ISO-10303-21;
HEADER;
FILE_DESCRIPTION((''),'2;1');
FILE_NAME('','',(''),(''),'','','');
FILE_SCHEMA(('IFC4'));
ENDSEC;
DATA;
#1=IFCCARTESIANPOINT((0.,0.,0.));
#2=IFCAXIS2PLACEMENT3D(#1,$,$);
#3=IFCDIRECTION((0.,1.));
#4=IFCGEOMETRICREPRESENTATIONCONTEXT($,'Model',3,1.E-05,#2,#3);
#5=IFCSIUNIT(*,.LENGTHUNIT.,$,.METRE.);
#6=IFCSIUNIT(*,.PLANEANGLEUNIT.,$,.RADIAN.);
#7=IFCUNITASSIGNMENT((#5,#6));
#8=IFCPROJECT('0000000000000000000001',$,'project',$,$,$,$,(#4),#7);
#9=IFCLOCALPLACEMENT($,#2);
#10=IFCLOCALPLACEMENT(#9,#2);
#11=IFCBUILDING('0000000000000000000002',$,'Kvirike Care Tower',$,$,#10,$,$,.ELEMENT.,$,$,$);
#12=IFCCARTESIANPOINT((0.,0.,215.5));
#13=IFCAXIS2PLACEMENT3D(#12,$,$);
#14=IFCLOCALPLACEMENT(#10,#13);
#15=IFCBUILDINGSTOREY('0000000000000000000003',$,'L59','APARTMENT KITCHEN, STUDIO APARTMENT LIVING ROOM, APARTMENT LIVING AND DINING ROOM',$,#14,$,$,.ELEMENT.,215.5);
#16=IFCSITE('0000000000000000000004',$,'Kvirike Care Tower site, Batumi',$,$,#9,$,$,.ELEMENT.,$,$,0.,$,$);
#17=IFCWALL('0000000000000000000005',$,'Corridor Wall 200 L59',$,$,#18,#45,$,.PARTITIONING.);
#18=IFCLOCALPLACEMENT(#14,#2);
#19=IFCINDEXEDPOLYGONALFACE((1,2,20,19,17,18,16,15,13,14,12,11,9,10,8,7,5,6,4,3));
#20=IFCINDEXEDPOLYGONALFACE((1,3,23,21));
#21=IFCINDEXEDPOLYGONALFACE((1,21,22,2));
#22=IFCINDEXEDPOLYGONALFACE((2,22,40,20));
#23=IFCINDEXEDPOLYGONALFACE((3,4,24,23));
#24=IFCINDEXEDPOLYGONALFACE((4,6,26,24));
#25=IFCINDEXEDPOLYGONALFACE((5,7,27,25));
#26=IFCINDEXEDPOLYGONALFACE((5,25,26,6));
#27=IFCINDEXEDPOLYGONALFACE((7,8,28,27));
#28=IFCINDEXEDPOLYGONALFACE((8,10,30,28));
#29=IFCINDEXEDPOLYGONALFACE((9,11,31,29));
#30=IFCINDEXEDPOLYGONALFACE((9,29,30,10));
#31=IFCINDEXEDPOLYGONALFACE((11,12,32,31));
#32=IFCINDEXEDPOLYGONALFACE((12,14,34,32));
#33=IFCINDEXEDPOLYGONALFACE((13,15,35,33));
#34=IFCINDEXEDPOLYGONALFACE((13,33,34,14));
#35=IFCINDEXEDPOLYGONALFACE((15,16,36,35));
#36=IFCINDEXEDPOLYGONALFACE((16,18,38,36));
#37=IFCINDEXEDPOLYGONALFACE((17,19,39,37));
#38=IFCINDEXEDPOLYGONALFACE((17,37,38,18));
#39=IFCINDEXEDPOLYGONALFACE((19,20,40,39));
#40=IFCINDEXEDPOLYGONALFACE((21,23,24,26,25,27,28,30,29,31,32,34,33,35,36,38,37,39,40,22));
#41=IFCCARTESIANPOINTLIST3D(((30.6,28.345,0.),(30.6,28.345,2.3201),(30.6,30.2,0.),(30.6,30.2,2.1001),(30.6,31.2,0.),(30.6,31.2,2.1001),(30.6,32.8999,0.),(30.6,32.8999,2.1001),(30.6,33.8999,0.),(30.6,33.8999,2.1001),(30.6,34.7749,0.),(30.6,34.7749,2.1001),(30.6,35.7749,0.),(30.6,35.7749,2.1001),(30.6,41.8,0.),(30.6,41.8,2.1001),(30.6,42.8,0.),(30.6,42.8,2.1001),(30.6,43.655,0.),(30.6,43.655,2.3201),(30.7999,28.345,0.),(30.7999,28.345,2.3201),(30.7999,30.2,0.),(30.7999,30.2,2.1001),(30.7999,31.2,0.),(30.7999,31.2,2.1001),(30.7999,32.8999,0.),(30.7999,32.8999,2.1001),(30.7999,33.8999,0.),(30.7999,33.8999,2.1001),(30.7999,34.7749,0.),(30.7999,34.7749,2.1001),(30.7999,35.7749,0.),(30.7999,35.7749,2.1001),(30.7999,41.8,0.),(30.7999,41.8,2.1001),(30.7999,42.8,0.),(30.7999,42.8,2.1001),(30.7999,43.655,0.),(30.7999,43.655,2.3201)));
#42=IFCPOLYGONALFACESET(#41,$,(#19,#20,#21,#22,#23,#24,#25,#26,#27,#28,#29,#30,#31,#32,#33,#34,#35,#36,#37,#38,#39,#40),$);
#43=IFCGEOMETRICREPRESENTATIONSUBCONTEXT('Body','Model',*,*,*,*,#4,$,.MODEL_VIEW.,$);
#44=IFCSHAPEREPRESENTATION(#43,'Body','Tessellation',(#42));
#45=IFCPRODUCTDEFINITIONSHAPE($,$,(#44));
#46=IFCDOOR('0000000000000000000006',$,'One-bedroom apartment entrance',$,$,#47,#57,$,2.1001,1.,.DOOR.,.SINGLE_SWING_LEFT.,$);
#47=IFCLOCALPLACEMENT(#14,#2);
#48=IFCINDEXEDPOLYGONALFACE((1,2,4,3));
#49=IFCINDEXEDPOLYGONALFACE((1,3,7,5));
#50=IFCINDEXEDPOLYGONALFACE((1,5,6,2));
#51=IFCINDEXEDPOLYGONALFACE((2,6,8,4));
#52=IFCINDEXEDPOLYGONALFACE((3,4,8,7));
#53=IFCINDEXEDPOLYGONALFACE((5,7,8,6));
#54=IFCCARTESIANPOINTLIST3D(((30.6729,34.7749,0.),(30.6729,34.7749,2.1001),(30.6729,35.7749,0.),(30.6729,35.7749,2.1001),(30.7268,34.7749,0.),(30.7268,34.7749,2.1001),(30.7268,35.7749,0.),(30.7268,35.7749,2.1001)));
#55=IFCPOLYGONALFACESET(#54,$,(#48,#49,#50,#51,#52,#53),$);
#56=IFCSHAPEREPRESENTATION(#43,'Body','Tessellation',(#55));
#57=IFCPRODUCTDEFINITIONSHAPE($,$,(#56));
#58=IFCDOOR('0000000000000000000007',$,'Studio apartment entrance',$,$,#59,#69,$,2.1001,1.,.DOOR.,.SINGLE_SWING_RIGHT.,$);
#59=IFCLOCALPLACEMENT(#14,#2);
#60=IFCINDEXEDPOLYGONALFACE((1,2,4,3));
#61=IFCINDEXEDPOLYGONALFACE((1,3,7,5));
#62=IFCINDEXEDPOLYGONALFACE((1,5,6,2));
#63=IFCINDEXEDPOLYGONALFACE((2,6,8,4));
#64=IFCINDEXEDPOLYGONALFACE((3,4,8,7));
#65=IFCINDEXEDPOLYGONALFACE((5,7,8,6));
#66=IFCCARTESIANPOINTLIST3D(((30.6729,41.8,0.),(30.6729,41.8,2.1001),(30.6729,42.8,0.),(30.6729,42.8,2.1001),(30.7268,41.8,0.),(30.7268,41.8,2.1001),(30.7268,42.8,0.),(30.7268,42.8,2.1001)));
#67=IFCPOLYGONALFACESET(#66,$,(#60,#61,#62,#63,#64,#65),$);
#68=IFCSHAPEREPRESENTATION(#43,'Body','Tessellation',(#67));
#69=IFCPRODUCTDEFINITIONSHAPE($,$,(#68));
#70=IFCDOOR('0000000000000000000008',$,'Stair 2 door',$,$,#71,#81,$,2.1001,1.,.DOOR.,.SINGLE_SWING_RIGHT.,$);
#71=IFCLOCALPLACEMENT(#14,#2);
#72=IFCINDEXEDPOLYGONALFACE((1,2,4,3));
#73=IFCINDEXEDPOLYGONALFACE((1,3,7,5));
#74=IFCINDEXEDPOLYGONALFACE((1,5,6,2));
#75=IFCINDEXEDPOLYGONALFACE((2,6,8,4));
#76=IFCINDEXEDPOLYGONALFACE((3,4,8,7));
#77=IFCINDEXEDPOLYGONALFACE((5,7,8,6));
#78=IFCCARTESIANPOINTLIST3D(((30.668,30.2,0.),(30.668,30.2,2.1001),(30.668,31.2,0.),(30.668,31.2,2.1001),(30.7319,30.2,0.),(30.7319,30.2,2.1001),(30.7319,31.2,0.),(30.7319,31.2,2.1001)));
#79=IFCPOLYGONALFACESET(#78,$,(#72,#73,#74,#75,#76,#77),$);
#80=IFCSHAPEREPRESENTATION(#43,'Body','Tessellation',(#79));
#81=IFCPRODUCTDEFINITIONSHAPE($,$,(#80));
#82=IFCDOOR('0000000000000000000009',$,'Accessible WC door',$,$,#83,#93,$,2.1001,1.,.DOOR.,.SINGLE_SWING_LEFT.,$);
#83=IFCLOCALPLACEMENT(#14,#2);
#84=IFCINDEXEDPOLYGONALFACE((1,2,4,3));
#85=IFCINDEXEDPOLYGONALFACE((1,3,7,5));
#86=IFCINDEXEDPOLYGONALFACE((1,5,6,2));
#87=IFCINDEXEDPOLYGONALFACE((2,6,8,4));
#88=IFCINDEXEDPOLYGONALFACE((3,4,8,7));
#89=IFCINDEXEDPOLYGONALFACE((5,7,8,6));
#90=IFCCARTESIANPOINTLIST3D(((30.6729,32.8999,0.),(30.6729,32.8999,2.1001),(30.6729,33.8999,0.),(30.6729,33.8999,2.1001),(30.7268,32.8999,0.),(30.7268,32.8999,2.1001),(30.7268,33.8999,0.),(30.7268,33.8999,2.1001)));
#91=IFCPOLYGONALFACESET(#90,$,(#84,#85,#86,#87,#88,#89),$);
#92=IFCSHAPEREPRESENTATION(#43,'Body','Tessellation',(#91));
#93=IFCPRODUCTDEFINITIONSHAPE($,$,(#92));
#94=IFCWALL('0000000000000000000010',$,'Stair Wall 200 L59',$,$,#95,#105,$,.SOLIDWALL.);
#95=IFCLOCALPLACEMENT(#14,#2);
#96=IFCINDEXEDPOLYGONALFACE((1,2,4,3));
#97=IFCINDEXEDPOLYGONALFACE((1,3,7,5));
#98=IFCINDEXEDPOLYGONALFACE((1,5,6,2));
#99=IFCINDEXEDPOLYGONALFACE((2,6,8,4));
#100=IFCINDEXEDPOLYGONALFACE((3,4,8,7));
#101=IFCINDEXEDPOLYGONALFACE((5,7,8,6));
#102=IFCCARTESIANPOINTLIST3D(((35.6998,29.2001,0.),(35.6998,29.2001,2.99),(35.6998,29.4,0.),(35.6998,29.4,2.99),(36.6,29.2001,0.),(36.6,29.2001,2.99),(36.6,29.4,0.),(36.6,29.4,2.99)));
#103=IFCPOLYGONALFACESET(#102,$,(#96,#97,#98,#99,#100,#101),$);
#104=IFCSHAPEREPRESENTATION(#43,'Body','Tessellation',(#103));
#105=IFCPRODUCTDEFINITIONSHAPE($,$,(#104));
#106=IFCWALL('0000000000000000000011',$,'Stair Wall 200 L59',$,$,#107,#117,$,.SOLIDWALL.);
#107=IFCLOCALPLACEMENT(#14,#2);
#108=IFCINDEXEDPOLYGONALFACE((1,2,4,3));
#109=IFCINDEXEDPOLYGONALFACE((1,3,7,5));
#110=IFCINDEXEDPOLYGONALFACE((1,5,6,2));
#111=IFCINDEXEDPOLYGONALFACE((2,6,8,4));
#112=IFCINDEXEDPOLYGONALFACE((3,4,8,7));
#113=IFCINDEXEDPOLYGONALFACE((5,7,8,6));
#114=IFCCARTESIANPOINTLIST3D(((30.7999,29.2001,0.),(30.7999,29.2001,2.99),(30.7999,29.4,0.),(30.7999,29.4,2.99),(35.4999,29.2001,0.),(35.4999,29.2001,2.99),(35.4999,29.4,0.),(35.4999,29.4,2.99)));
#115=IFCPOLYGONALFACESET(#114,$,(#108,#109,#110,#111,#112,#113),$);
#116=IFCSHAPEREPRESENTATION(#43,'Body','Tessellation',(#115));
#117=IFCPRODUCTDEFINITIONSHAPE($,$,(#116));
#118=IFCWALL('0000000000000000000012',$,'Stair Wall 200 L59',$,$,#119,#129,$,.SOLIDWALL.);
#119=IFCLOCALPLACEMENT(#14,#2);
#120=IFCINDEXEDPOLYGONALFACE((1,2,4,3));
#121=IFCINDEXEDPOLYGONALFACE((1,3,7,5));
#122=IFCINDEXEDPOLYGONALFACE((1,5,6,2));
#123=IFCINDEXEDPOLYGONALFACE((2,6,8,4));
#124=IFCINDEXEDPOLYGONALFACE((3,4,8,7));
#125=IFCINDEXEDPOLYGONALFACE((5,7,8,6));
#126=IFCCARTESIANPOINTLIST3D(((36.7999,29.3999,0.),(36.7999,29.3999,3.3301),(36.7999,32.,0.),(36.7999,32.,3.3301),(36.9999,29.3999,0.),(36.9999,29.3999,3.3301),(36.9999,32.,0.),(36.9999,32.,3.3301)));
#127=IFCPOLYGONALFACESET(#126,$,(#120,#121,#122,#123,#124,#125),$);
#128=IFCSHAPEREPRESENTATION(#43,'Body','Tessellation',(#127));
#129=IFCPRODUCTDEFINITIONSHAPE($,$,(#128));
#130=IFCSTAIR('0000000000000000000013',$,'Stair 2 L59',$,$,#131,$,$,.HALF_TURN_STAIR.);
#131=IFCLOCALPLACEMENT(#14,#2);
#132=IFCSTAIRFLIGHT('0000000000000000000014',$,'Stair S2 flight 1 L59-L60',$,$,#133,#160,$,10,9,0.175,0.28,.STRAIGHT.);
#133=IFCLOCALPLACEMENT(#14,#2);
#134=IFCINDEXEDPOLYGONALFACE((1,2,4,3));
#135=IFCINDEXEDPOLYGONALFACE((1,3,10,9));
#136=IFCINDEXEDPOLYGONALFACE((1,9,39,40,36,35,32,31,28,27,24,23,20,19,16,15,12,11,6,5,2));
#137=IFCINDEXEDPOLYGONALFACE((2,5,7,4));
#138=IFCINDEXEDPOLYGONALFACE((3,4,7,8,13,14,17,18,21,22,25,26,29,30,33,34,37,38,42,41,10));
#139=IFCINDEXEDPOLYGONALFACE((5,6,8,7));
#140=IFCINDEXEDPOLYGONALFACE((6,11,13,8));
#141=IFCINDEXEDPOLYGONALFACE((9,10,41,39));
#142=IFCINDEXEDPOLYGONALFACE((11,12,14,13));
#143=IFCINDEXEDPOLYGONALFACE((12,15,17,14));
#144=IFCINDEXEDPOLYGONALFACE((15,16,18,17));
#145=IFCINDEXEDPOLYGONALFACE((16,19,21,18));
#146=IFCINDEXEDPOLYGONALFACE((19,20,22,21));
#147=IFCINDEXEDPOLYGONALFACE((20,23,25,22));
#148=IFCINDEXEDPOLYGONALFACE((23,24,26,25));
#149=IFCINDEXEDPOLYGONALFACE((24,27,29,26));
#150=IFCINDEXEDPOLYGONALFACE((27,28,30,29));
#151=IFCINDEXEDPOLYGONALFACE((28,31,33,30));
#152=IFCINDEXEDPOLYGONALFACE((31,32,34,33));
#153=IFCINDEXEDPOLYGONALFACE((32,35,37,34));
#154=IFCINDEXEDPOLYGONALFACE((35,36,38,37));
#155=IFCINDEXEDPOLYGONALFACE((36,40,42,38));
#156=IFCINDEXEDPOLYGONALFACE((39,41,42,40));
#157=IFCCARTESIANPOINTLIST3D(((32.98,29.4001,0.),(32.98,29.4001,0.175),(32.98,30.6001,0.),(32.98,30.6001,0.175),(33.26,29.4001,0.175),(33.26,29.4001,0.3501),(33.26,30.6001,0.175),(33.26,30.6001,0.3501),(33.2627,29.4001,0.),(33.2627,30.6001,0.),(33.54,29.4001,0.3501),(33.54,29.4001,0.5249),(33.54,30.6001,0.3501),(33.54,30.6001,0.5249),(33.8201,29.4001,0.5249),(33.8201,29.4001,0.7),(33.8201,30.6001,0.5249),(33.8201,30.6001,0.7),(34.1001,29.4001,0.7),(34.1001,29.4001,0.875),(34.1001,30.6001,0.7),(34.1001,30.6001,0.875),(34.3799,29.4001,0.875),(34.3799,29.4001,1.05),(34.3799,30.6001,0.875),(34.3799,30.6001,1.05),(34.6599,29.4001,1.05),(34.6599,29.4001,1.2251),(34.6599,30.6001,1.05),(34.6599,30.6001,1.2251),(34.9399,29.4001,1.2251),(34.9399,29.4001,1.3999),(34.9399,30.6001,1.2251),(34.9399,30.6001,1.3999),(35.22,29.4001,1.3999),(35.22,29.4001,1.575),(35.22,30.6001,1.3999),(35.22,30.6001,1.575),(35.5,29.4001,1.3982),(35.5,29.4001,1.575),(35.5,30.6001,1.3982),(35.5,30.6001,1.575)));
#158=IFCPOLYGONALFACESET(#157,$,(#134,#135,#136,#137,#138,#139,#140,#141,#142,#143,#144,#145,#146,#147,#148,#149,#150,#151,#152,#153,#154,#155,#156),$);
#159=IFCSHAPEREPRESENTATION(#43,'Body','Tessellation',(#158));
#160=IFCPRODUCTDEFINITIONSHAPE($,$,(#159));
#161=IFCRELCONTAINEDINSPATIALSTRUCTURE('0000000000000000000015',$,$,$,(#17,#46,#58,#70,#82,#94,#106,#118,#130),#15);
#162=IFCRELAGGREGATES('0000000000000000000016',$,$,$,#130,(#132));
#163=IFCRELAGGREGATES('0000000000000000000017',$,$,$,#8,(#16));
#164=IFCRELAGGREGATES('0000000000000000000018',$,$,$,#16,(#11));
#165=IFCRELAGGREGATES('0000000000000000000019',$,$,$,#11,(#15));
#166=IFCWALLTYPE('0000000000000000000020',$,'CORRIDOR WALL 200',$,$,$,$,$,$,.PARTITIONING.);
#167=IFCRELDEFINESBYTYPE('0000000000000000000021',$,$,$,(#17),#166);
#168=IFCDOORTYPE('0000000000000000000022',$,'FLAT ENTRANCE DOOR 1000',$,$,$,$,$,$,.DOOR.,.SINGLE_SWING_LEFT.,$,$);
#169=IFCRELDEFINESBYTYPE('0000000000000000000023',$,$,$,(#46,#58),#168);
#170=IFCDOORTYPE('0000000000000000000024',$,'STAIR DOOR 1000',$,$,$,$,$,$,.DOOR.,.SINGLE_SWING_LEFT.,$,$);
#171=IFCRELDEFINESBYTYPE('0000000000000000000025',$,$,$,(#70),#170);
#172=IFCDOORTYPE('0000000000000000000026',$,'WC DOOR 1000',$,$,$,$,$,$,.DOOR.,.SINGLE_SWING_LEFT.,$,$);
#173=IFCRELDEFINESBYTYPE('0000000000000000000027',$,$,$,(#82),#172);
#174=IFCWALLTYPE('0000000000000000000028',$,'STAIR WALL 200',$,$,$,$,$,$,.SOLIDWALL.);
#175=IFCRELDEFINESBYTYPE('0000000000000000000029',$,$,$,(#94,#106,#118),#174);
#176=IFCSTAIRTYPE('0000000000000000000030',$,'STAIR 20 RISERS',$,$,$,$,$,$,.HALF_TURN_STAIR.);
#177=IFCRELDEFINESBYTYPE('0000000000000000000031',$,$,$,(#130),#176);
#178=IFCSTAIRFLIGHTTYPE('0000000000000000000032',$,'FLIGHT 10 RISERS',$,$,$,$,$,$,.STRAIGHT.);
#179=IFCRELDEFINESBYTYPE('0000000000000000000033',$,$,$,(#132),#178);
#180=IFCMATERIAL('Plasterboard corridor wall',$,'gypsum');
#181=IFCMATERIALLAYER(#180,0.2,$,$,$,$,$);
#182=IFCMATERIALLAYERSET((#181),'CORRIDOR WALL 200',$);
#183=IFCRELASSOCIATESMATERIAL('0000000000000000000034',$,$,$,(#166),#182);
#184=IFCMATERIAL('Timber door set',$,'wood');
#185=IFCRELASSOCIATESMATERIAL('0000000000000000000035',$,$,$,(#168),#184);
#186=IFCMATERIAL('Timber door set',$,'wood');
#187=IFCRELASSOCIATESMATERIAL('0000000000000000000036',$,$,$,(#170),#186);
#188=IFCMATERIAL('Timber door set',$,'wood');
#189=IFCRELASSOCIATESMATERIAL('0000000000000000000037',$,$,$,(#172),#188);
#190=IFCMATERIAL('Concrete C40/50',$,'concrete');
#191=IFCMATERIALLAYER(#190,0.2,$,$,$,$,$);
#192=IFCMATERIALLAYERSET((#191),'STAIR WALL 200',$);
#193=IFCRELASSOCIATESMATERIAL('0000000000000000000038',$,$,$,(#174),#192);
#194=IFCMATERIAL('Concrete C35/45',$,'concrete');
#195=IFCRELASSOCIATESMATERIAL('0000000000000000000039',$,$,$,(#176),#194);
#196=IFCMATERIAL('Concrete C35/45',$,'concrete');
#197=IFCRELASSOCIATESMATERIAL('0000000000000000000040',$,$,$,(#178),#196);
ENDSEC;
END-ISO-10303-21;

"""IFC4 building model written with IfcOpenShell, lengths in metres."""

from ifc_helpers import new_model, si_unit, direction, frame, frame_2d, origin, place, context, subcontext, project, spatial, polyline, rectangle, outline, extrude, material, layer, layer_set, type_object, element, fill, aggregate, save


model = new_model("IFC4")

# Units and contexts
model_context = context("Model", 3, precision=1e-05, world=origin(), true_north=direction((0.0, 1.0)))
body_context = subcontext(model_context, "Body", "Model", "MODEL_VIEW")
ifc_project = project(units=[si_unit("LENGTHUNIT", "METRE"), si_unit("PLANEANGLEUNIT", "RADIAN")], contexts=[model_context])

# Site, building, storey
site_placement = place(None, origin())
site = spatial("IfcSite", under=ifc_project, at=site_placement, Name="Kvirike Care Tower site, Batumi", CompositionType="ELEMENT", RefElevation=0.0)
building_placement = place(site_placement, origin())
building = spatial("IfcBuilding", under=site, at=building_placement, Name="Kvirike Care Tower", CompositionType="ELEMENT")
storey_placement = place(building_placement, frame((0.0, 0.0, 215.5)))
storey = spatial("IfcBuildingStorey", under=building, at=storey_placement, Name="L59", Description="APARTMENT KITCHEN, STUDIO APARTMENT LIVING ROOM, APARTMENT LIVING AND DINING ROOM", CompositionType="ELEMENT", Elevation=215.5)

# Wall, openings, doors
ifc_material_1 = material(Name="Plasterboard corridor wall", Category="gypsum")
ifc_layer_1 = layer(ifc_material_1, 0.2)
ifc_layer_set_1 = layer_set([ifc_layer_1], Name="CORRIDOR WALL 200")
wall_type_1 = type_object("IfcWallType", Name="CORRIDOR WALL 200", PredefinedType="PARTITIONING", material=ifc_layer_set_1)
wall_1_placement = place(storey_placement, frame((30.7, 28.345, 0.0), z_axis=(0.0, 0.0, 1.0), x_axis=(0.0, 1.0, 0.0)))
wall_1 = element("IfcWall", 1, at=wall_1_placement, inside=storey, type_object=wall_type_1, Name="Corridor Wall 200 L59", PredefinedType="PARTITIONING", context=body_context, shape_type="SweptSolid", body=[
    extrude(rectangle(XDim=15.3101, YDim=0.2, at=frame_2d((7.655, 0.0))), origin(), (0.0, 0.0, 1.0), 2.3201),
])
opening_1_placement = place(wall_1_placement, frame((1.855, 0.0, 0.0)))
opening_1 = element("IfcOpeningElement", 2, at=opening_1_placement, cuts=wall_1, PredefinedType="OPENING", context=body_context, shape_type="SweptSolid", body=[
    extrude(rectangle(XDim=1.0, YDim=2.1001, at=frame_2d((0.5, 1.05))), frame((0.0, 0.1106, 0.0), z_axis=(0.0, -1.0, 0.0), x_axis=(1.0, 0.0, 0.0)), (0.0, 0.0, 1.0), 0.2209),
])
opening_2_placement = place(wall_1_placement, frame((4.5549, 0.0, 0.0)))
opening_2 = element("IfcOpeningElement", 3, at=opening_2_placement, cuts=wall_1, PredefinedType="OPENING", context=body_context, shape_type="SweptSolid", body=[
    extrude(rectangle(XDim=1.0, YDim=2.1001, at=frame_2d((0.5, 1.05))), frame((0.0, 0.1106, 0.0), z_axis=(0.0, -1.0, 0.0), x_axis=(1.0, 0.0, 0.0)), (0.0, 0.0, 1.0), 0.2209),
])
opening_3_placement = place(wall_1_placement, frame((6.4299, 0.0, 0.0)))
opening_3 = element("IfcOpeningElement", 4, at=opening_3_placement, cuts=wall_1, PredefinedType="OPENING", context=body_context, shape_type="SweptSolid", body=[
    extrude(rectangle(XDim=1.0, YDim=2.1001, at=frame_2d((0.5, 1.05))), frame((0.0, 0.1106, 0.0), z_axis=(0.0, -1.0, 0.0), x_axis=(1.0, 0.0, 0.0)), (0.0, 0.0, 1.0), 0.2209),
])
opening_4_placement = place(wall_1_placement, frame((13.4551, 0.0, 0.0)))
opening_4 = element("IfcOpeningElement", 5, at=opening_4_placement, cuts=wall_1, PredefinedType="OPENING", context=body_context, shape_type="SweptSolid", body=[
    extrude(rectangle(XDim=1.0, YDim=2.1001, at=frame_2d((0.5, 1.05))), frame((0.0, 0.1106, 0.0), z_axis=(0.0, -1.0, 0.0), x_axis=(1.0, 0.0, 0.0)), (0.0, 0.0, 1.0), 0.2209),
])
ifc_material_2 = material(Name="Timber door set", Category="wood")
door_type_1 = type_object("IfcDoorType", Name="FLAT ENTRANCE DOOR 1000", OperationType="SINGLE_SWING_LEFT", PredefinedType="DOOR", material=ifc_material_2)
door_1_placement = place(opening_3_placement, frame((1.0, 0.0, 0.0), z_axis=(0.0, 0.0, 1.0), x_axis=(-1.0, 0.0, 0.0)))
door_1 = element("IfcDoor", 6, at=door_1_placement, inside=storey, type_object=door_type_1, Name="One-bedroom apartment entrance", OperationType="SINGLE_SWING_LEFT", OverallHeight=2.1001, OverallWidth=1.0, PredefinedType="DOOR", context=body_context, shape_type="SweptSolid", body=[
    extrude(rectangle(XDim=1.0, YDim=2.1001, at=frame_2d((0.5, 1.05))), frame((0.0, 0.0269, 0.0), z_axis=(0.0, -1.0, 0.0), x_axis=(1.0, 0.0, 0.0)), (0.0, 0.0, 1.0), 0.054),
])
fill(opening_3, door_1)
door_2_placement = place(opening_4_placement, frame((1.0, 0.0, 0.0), z_axis=(0.0, 0.0, 1.0), x_axis=(-1.0, 0.0, 0.0)))
door_2 = element("IfcDoor", 7, at=door_2_placement, inside=storey, type_object=door_type_1, Name="Studio apartment entrance", OperationType="SINGLE_SWING_RIGHT", OverallHeight=2.1001, OverallWidth=1.0, PredefinedType="DOOR", context=body_context, shape_type="SweptSolid", body=[
    extrude(rectangle(XDim=1.0, YDim=2.1001, at=frame_2d((0.5, 1.05))), frame((0.0, 0.0269, 0.0), z_axis=(0.0, -1.0, 0.0), x_axis=(1.0, 0.0, 0.0)), (0.0, 0.0, 1.0), 0.054),
])
fill(opening_4, door_2)
ifc_material_3 = material(Name="Timber door set", Category="wood")
door_type_2 = type_object("IfcDoorType", Name="STAIR DOOR 1000", OperationType="SINGLE_SWING_LEFT", PredefinedType="DOOR", material=ifc_material_3)
door_3_placement = place(opening_1_placement, frame((1.0, 0.0, 0.0), z_axis=(0.0, 0.0, 1.0), x_axis=(-1.0, 0.0, 0.0)))
door_3 = element("IfcDoor", 8, at=door_3_placement, inside=storey, type_object=door_type_2, Name="Stair 2 door", OperationType="SINGLE_SWING_RIGHT", OverallHeight=2.1001, OverallWidth=1.0, PredefinedType="DOOR", context=body_context, shape_type="SweptSolid", body=[
    extrude(rectangle(XDim=1.0, YDim=2.1001, at=frame_2d((0.5, 1.05))), frame((0.0, 0.032, 0.0), z_axis=(0.0, -1.0, 0.0), x_axis=(1.0, 0.0, 0.0)), (0.0, 0.0, 1.0), 0.064),
])
fill(opening_1, door_3)
ifc_material_4 = material(Name="Timber door set", Category="wood")
door_type_3 = type_object("IfcDoorType", Name="WC DOOR 1000", OperationType="SINGLE_SWING_LEFT", PredefinedType="DOOR", material=ifc_material_4)
door_4_placement = place(opening_2_placement, frame((1.0, 0.0, 0.0), z_axis=(0.0, 0.0, 1.0), x_axis=(-1.0, 0.0, 0.0)))
door_4 = element("IfcDoor", 9, at=door_4_placement, inside=storey, type_object=door_type_3, Name="Accessible WC door", OperationType="SINGLE_SWING_LEFT", OverallHeight=2.1001, OverallWidth=1.0, PredefinedType="DOOR", context=body_context, shape_type="SweptSolid", body=[
    extrude(rectangle(XDim=1.0, YDim=2.1001, at=frame_2d((0.5, 1.05))), frame((0.0, 0.0269, 0.0), z_axis=(0.0, -1.0, 0.0), x_axis=(1.0, 0.0, 0.0)), (0.0, 0.0, 1.0), 0.054),
])
fill(opening_2, door_4)

# Walls
ifc_material_5 = material(Name="Concrete C40/50", Category="concrete")
ifc_layer_2 = layer(ifc_material_5, 0.2)
ifc_layer_set_2 = layer_set([ifc_layer_2], Name="STAIR WALL 200")
wall_type_2 = type_object("IfcWallType", Name="STAIR WALL 200", PredefinedType="SOLIDWALL", material=ifc_layer_set_2)
wall_2_placement = place(storey_placement, frame((36.6001, 29.3, 0.0), z_axis=(0.0, 0.0, 1.0), x_axis=(-1.0, 0.0, 0.0)))
element("IfcWall", 10, at=wall_2_placement, inside=storey, type_object=wall_type_2, Name="Stair Wall 200 L59", PredefinedType="SOLIDWALL", context=body_context, shape_type="SweptSolid", body=[
    extrude(rectangle(XDim=0.9001, YDim=0.2, at=frame_2d((0.4502, 0.0))), origin(), (0.0, 0.0, 1.0), 2.99),
])
wall_3_placement = place(storey_placement, frame((35.5, 29.3, 0.0), z_axis=(0.0, 0.0, 1.0), x_axis=(-1.0, 0.0, 0.0)))
element("IfcWall", 11, at=wall_3_placement, inside=storey, type_object=wall_type_2, Name="Stair Wall 200 L59", PredefinedType="SOLIDWALL", context=body_context, shape_type="SweptSolid", body=[
    extrude(rectangle(XDim=4.7, YDim=0.2, at=frame_2d((2.3501, 0.0))), origin(), (0.0, 0.0, 1.0), 2.99),
])
wall_4_placement = place(storey_placement, frame((36.8999, 29.3999, 0.0), z_axis=(0.0, 0.0, 1.0), x_axis=(0.0, 1.0, 0.0)))
element("IfcWall", 12, at=wall_4_placement, inside=storey, type_object=wall_type_2, Name="Stair Wall 200 L59", PredefinedType="SOLIDWALL", context=body_context, shape_type="SweptSolid", body=[
    extrude(rectangle(XDim=2.6001, YDim=0.2, at=frame_2d((1.3, 0.0))), origin(), (0.0, 0.0, 1.0), 3.3301),
])

# Stair, stair flight
ifc_material_6 = material(Name="Concrete C35/45", Category="concrete")
stair_type = type_object("IfcStairType", Name="STAIR 20 RISERS", PredefinedType="HALF_TURN_STAIR", material=ifc_material_6)
stair_placement = place(storey_placement, origin())
stair = element("IfcStair", 13, at=stair_placement, inside=storey, type_object=stair_type, Name="Stair 2 L59", PredefinedType="HALF_TURN_STAIR")
ifc_material_7 = material(Name="Concrete C35/45", Category="concrete")
stair_flight_type = type_object("IfcStairFlightType", Name="FLIGHT 10 RISERS", PredefinedType="STRAIGHT", material=ifc_material_7)
stair_flight_1_placement = place(storey_placement, frame((32.98, 30.0, 0.0), z_axis=(0.0, 0.0, 1.0), x_axis=(1.0, 0.0, 0.0)))
stair_flight_1 = element("IfcStairFlight", 14, at=stair_flight_1_placement, type_object=stair_flight_type, Name="Stair S2 flight 1 L59-L60", NumberOfRisers=10, NumberOfTreads=9, PredefinedType="STRAIGHT", RiserHeight=0.175, TreadLength=0.28, context=body_context, shape_type="SweptSolid", body=[
    extrude(outline(polyline([(0.0, 0.0), (0.0, 0.175), (0.28, 0.175), (0.28, 0.3501), (0.5601, 0.3501), (0.5601, 0.5249), (0.8401, 0.5249), (0.8401, 0.7), (1.1201, 0.7), (1.1201, 0.875), (1.3999, 0.875), (1.3999, 1.05), (1.6799, 1.05), (1.6799, 1.2251), (1.96, 1.2251), (1.96, 1.3999), (2.24, 1.3999), (2.24, 1.575), (2.52, 1.575), (2.52, 1.75), (2.52, 1.3982), (0.2827, 0.0), (0.0, 0.0)])), frame((0.0, 0.6001, 0.0), z_axis=(0.0, -1.0, 0.0), x_axis=(1.0, 0.0, 0.0)), (0.0, 0.0, 1.0), 1.2),
])
aggregate(stair, [stair_flight_1])

save(model, "model.ifc")
